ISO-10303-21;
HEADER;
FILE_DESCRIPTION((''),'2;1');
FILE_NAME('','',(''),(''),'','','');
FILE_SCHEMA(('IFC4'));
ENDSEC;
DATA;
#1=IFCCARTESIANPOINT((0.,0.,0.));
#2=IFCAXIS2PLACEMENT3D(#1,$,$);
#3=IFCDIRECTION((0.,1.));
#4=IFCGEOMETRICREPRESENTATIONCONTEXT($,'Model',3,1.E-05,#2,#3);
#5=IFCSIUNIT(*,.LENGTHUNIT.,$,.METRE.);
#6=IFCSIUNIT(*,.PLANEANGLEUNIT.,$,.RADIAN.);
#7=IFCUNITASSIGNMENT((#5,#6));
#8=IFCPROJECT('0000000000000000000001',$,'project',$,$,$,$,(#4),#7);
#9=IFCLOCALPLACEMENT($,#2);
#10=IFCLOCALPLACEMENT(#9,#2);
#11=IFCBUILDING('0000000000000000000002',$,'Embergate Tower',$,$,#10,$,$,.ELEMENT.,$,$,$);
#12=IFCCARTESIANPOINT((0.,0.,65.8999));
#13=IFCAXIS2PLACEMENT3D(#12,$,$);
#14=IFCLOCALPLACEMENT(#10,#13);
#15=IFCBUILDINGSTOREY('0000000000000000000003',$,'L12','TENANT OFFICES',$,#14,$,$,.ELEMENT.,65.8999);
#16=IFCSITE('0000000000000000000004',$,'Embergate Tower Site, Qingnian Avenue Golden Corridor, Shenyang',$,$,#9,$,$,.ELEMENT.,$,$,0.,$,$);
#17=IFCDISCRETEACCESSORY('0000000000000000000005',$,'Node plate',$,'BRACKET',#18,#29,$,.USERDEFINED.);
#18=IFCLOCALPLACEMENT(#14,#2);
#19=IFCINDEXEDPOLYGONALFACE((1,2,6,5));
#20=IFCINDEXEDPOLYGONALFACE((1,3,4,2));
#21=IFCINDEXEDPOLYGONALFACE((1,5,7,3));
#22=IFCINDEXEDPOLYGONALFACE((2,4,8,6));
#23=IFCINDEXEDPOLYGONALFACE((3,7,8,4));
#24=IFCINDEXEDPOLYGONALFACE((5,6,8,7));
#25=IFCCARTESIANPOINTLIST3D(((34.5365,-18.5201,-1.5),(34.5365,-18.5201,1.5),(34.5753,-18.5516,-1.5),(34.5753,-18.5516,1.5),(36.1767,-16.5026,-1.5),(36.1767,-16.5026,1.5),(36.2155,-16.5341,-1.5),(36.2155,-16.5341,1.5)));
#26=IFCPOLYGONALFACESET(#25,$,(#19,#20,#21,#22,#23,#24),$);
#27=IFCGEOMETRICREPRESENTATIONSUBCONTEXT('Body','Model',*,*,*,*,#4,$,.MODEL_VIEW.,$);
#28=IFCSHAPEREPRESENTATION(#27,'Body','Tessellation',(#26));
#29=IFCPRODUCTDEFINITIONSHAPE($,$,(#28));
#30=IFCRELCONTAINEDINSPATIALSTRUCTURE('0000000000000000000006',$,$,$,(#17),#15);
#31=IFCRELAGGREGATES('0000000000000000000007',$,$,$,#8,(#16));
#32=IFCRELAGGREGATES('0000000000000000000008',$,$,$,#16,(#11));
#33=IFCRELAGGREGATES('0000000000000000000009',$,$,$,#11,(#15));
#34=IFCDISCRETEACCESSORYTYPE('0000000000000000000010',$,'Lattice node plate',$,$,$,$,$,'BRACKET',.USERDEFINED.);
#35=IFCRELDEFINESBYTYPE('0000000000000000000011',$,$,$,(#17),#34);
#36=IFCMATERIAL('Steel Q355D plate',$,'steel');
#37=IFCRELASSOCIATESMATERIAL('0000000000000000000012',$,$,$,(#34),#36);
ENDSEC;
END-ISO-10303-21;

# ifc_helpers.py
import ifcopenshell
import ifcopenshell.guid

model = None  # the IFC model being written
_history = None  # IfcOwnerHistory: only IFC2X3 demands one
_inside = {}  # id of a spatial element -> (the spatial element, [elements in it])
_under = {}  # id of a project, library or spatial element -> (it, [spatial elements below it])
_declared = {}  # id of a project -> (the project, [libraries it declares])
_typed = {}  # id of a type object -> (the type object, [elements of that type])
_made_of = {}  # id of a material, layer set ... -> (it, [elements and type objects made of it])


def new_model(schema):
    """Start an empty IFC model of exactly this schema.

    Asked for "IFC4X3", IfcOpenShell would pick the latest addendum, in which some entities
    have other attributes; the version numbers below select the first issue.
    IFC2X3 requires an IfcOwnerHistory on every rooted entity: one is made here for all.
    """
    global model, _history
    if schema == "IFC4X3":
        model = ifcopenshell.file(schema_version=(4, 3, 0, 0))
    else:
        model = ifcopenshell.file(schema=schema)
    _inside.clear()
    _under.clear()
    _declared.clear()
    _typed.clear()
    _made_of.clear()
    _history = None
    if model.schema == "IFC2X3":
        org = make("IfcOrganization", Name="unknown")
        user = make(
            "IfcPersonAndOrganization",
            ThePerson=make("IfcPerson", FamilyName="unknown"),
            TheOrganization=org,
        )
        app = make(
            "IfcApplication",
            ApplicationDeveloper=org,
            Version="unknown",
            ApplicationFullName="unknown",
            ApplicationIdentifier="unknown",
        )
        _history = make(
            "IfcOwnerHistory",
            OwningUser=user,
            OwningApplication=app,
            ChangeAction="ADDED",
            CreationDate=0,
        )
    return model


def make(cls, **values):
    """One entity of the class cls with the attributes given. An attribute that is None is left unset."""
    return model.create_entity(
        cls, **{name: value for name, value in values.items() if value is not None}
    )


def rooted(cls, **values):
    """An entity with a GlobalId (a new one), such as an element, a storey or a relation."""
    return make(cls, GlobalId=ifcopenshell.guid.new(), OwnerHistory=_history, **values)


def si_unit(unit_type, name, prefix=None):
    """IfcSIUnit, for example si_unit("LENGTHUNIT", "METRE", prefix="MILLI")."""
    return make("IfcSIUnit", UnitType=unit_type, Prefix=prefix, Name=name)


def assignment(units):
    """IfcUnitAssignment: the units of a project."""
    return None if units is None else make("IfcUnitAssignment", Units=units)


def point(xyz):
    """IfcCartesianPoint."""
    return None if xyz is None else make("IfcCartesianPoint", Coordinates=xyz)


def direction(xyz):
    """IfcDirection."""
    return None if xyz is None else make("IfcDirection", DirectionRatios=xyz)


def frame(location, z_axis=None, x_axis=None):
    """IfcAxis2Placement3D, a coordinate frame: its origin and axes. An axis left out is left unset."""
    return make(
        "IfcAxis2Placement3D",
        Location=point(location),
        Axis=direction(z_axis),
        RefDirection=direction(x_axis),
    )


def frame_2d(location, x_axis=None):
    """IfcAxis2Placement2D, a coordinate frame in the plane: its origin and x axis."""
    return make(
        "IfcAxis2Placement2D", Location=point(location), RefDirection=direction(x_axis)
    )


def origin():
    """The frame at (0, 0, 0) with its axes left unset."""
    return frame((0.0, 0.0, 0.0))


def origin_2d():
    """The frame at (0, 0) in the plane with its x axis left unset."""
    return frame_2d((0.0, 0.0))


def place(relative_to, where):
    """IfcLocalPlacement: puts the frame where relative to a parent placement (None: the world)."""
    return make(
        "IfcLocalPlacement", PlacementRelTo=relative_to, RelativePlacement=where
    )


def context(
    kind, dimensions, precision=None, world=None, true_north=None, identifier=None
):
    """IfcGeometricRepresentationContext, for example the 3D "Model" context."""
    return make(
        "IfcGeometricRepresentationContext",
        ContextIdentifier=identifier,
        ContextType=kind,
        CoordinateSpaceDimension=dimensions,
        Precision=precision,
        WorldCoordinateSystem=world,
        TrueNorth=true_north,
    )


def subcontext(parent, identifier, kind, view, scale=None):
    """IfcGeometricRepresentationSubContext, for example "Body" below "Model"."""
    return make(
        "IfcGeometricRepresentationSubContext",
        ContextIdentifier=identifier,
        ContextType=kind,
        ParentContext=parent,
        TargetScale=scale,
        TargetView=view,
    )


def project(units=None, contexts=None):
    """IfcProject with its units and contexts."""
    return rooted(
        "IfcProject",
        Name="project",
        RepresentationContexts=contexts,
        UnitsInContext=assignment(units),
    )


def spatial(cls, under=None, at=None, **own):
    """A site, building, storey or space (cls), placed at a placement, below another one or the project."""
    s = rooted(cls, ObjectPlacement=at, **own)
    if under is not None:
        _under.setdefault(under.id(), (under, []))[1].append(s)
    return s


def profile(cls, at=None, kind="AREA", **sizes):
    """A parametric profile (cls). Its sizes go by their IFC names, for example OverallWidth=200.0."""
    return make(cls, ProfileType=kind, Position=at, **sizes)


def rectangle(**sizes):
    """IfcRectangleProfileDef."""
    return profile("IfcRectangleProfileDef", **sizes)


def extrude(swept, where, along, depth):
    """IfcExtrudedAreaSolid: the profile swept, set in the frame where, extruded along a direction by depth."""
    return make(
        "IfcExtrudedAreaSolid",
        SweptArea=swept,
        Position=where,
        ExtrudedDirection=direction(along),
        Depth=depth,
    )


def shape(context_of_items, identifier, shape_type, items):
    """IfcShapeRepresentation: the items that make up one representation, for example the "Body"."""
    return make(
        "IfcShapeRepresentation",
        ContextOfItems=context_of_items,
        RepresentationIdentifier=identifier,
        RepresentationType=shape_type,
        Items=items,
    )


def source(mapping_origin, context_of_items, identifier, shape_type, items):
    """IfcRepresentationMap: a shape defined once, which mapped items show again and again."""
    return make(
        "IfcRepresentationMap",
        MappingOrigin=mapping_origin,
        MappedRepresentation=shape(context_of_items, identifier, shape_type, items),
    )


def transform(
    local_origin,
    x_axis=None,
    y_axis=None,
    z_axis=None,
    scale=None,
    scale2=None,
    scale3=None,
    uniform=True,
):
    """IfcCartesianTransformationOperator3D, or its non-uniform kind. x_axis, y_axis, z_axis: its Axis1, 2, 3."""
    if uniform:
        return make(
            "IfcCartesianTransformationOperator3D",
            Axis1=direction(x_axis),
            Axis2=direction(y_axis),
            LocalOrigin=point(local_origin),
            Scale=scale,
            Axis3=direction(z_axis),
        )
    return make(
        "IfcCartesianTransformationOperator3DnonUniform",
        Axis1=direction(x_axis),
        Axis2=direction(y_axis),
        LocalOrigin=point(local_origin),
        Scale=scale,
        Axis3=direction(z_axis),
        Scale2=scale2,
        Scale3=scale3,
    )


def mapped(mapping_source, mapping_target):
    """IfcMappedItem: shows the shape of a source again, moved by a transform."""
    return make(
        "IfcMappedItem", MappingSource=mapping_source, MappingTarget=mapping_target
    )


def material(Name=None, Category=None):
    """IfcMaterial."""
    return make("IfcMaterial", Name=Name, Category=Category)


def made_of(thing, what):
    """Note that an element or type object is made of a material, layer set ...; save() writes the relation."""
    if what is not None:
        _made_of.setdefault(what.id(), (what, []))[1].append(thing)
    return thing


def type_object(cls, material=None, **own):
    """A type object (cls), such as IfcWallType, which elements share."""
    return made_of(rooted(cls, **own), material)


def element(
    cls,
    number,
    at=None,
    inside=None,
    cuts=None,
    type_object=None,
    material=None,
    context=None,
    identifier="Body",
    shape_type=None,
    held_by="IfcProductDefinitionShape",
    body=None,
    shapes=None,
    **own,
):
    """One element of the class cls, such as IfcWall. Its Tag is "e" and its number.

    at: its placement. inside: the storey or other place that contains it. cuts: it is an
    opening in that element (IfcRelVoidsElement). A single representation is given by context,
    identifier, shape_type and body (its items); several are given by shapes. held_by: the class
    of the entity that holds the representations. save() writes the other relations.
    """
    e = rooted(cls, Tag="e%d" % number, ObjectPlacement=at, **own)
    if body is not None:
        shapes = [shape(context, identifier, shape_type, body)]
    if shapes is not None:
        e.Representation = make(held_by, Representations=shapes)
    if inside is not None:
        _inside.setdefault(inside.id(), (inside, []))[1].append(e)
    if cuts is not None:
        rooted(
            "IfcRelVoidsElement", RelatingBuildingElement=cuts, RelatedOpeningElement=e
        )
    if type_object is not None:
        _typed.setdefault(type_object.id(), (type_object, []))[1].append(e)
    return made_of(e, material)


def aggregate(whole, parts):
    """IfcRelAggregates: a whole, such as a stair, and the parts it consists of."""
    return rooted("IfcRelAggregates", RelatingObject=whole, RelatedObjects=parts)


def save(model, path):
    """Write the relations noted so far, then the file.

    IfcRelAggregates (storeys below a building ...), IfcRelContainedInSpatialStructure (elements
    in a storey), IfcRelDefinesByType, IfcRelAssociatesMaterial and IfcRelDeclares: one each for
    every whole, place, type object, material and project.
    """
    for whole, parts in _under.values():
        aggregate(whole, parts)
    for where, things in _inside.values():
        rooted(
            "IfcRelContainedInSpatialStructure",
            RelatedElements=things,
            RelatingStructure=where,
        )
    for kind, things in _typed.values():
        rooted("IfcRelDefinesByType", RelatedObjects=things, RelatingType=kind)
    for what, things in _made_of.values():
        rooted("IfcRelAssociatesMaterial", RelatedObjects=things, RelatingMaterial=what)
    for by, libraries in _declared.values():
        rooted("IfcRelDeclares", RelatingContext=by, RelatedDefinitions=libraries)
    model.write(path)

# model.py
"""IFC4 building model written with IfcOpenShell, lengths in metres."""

from ifc_helpers import new_model, si_unit, direction, frame, origin, origin_2d, place, context, subcontext, project, spatial, rectangle, extrude, source, transform, mapped, material, type_object, element, save


model = new_model("IFC4")

# Units and contexts
model_context = context("Model", 3, precision=1e-05, world=origin(), true_north=direction((0.0, 1.0)))
body_context = subcontext(model_context, "Body", "Model", "MODEL_VIEW")
ifc_project = project(units=[si_unit("LENGTHUNIT", "METRE"), si_unit("PLANEANGLEUNIT", "RADIAN")], contexts=[model_context])

# Site, building, storey
site_placement = place(None, origin())
site = spatial("IfcSite", under=ifc_project, at=site_placement, Name="Embergate Tower Site, Qingnian Avenue Golden Corridor, Shenyang", CompositionType="ELEMENT", RefElevation=0.0)
building_placement = place(site_placement, origin())
building = spatial("IfcBuilding", under=site, at=building_placement, Name="Embergate Tower", CompositionType="ELEMENT")
storey_placement = place(building_placement, frame((0.0, 0.0, 65.8999)))
storey = spatial("IfcBuildingStorey", under=building, at=storey_placement, Name="L12", Description="TENANT OFFICES", CompositionType="ELEMENT", Elevation=65.8999)

# Discrete accessory
ifc_material_1 = material(Name="Steel Q355D plate", Category="steel")
discrete_accessory_type = type_object("IfcDiscreteAccessoryType", Name="Lattice node plate", ElementType="BRACKET", PredefinedType="USERDEFINED", material=ifc_material_1)
shared_shape_1 = source(origin(), body_context, "Body", "SweptSolid", [
    extrude(rectangle(XDim=2.6001, YDim=0.05, at=origin_2d()), origin(), (0.0, 0.0, 1.0), 3.0),
])
discrete_accessory_placement = place(storey_placement, frame((35.376, -17.5271, -1.5), z_axis=(0.0, 0.0, 1.0), x_axis=(0.630825, 0.775925, 0.0)))
element("IfcDiscreteAccessory", 1, at=discrete_accessory_placement, inside=storey, type_object=discrete_accessory_type, Name="Node plate", ObjectType="BRACKET", PredefinedType="USERDEFINED", context=body_context, shape_type="MappedRepresentation", body=[
    mapped(shared_shape_1, transform((0.0, 0.0, 0.0))),
])

save(model, "model.ifc")
